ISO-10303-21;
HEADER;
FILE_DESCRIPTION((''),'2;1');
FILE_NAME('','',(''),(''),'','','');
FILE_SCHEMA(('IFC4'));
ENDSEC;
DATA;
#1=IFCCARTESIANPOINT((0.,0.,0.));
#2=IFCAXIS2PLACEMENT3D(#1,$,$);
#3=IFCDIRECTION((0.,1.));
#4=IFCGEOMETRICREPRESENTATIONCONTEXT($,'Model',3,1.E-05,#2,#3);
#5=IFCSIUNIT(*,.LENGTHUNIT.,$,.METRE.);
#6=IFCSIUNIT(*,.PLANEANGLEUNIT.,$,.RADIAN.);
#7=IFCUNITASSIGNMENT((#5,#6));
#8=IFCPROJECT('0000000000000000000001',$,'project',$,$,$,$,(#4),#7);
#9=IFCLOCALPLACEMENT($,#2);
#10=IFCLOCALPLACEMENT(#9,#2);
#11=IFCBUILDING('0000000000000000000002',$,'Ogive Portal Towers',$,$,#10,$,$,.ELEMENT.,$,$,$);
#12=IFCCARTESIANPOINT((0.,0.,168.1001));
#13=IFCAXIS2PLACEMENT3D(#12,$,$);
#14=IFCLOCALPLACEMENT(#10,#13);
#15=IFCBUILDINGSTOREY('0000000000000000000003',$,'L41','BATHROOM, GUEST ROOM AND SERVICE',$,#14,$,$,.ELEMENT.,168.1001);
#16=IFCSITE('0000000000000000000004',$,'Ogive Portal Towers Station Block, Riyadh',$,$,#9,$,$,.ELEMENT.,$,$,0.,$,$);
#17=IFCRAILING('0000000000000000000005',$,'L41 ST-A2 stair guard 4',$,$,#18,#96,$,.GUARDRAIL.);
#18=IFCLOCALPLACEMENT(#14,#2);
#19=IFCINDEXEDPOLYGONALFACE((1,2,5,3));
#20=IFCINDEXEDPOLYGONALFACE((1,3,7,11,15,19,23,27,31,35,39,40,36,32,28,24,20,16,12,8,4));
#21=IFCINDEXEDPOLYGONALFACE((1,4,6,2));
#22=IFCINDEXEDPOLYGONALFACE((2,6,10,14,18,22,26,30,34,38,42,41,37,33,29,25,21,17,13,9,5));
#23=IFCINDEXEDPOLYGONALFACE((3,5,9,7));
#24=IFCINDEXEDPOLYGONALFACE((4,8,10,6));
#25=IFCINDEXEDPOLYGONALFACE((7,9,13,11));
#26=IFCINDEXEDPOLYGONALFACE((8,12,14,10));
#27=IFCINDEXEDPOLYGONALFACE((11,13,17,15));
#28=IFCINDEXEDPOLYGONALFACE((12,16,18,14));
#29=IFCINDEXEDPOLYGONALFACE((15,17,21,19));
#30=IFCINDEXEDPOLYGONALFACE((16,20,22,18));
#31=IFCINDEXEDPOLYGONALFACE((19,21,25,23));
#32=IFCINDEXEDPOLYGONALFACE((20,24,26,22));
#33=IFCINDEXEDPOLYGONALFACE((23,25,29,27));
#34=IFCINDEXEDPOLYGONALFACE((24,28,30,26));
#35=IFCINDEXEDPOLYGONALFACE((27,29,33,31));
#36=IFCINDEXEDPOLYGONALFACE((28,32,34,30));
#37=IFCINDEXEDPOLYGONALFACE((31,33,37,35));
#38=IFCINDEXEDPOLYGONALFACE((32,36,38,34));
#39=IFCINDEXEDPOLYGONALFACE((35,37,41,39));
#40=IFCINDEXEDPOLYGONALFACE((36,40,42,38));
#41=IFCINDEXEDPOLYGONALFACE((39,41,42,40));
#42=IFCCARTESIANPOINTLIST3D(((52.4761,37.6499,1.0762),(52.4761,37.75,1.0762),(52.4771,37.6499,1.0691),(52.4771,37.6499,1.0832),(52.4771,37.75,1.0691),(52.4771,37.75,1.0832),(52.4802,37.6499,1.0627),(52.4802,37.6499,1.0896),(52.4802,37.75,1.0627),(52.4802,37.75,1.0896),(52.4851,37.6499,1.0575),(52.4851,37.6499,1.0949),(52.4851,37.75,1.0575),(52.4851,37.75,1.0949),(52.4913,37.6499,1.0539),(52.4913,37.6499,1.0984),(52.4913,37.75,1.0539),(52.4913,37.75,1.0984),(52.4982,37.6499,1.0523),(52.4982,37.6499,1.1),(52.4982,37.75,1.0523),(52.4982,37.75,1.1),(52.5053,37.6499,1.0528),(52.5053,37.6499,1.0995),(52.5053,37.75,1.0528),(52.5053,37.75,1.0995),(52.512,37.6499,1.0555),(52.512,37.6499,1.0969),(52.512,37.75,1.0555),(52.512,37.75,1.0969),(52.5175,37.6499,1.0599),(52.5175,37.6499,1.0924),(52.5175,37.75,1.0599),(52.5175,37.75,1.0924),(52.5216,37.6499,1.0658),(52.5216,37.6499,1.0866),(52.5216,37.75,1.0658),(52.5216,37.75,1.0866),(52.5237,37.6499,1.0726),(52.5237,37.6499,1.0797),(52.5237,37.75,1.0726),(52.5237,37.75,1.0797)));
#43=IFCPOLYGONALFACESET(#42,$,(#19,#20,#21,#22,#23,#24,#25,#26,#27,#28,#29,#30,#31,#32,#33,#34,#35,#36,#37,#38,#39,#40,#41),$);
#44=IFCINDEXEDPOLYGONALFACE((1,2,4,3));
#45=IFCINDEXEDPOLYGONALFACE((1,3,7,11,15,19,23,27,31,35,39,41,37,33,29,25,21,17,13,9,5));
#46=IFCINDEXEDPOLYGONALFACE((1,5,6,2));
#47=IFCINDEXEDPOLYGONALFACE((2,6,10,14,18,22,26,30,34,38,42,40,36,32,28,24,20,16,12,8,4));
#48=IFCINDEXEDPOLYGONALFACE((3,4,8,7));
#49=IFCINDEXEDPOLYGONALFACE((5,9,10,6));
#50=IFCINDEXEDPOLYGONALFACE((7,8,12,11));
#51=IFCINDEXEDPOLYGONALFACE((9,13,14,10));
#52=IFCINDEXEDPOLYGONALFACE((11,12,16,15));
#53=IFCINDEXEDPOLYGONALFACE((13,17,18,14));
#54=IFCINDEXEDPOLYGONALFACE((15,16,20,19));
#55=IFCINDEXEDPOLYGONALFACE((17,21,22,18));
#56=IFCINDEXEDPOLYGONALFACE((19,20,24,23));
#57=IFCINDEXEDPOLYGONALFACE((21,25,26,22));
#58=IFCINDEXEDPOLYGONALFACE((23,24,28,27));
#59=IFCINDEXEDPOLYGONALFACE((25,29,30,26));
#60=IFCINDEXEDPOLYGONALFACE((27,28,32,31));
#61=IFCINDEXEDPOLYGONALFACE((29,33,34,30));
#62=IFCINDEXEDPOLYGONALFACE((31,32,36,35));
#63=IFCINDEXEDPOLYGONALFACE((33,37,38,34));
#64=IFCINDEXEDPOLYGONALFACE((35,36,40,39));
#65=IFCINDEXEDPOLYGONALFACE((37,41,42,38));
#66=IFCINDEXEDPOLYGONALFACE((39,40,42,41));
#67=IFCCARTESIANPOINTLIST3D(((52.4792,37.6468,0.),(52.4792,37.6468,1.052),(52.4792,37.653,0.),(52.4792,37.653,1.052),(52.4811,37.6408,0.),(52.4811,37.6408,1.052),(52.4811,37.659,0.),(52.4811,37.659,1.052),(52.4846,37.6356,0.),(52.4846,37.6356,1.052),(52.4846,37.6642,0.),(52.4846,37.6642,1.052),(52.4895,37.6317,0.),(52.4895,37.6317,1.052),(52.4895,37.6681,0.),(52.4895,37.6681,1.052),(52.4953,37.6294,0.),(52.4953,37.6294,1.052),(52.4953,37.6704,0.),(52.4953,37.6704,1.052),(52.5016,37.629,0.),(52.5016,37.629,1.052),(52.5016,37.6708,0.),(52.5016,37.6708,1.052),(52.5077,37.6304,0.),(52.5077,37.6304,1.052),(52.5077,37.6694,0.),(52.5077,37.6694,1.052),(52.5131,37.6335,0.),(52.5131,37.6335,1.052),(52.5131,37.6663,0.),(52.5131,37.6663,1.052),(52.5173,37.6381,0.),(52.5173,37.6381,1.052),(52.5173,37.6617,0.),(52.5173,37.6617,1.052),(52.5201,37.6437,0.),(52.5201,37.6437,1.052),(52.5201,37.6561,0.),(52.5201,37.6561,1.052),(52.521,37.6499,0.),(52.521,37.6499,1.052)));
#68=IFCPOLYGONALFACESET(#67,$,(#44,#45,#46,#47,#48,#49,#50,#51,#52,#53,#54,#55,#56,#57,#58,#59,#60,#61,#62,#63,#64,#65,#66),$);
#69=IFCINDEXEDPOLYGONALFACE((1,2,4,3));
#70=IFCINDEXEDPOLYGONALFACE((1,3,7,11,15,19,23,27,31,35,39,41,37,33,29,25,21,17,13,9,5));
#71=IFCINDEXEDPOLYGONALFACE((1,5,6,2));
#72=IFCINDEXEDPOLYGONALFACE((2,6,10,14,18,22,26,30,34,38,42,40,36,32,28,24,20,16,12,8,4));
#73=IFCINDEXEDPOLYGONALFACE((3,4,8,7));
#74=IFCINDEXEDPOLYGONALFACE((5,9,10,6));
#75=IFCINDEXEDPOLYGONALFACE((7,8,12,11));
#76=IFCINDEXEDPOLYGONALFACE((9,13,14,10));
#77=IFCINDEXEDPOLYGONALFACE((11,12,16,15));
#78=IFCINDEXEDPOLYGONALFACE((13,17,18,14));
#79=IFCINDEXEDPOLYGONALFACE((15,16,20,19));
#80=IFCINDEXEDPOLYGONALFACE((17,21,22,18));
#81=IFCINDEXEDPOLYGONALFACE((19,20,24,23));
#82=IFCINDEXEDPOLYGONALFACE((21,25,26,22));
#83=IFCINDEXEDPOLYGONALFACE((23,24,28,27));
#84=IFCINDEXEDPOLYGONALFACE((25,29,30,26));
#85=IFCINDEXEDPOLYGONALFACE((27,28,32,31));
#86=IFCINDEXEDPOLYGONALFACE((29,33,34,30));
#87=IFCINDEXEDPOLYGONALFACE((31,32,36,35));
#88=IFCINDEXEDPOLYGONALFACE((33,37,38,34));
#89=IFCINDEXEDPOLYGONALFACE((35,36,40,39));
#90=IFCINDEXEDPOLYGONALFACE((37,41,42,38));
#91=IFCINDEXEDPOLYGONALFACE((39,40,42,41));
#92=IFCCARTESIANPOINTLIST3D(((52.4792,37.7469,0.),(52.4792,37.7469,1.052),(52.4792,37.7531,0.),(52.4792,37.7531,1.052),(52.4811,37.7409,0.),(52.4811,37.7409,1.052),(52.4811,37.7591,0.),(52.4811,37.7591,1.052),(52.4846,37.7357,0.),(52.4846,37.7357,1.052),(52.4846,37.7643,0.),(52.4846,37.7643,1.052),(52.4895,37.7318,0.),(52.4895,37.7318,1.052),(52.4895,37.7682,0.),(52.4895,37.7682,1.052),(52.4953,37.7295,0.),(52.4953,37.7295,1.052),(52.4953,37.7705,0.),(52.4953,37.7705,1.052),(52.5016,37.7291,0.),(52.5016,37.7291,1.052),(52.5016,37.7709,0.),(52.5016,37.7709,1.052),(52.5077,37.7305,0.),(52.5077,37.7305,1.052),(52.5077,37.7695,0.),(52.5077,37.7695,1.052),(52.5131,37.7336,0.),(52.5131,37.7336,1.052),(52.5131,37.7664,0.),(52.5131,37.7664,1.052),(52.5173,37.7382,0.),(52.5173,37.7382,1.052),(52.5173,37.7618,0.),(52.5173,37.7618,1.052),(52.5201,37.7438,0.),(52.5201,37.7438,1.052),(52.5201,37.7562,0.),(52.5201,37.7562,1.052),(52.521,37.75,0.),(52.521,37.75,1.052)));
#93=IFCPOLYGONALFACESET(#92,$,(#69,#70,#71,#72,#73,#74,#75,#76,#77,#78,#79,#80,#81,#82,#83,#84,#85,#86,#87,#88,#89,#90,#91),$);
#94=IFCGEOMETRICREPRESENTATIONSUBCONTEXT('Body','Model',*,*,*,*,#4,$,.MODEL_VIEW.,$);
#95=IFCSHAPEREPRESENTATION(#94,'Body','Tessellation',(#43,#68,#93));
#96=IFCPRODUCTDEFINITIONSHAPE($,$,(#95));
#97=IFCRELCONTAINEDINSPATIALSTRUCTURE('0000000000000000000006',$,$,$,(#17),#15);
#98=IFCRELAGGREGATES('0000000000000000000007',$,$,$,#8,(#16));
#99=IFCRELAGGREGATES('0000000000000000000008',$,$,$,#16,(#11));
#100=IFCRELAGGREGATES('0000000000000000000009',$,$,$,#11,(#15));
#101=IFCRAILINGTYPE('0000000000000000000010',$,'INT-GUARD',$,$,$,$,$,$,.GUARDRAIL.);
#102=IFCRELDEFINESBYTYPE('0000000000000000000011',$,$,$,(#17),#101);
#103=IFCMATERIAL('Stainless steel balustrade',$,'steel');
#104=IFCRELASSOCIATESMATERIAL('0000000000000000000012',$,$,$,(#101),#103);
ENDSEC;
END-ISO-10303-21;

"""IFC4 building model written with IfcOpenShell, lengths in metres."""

from ifc_helpers import new_model, si_unit, direction, frame, origin, origin_2d, place, context, subcontext, project, spatial, circle, extrude, material, type_object, element, save


model = new_model("IFC4")

# Units and contexts
model_context = context("Model", 3, precision=1e-05, world=origin(), true_north=direction((0.0, 1.0)))
body_context = subcontext(model_context, "Body", "Model", "MODEL_VIEW")
ifc_project = project(units=[si_unit("LENGTHUNIT", "METRE"), si_unit("PLANEANGLEUNIT", "RADIAN")], contexts=[model_context])

# Site, building, storey
site_placement = place(None, origin())
site = spatial("IfcSite", under=ifc_project, at=site_placement, Name="Ogive Portal Towers Station Block, Riyadh", CompositionType="ELEMENT", RefElevation=0.0)
building_placement = place(site_placement, origin())
building = spatial("IfcBuilding", under=site, at=building_placement, Name="Ogive Portal Towers", CompositionType="ELEMENT")
storey_placement = place(building_placement, frame((0.0, 0.0, 168.1001)))
storey = spatial("IfcBuildingStorey", under=building, at=storey_placement, Name="L41", Description="BATHROOM, GUEST ROOM AND SERVICE", CompositionType="ELEMENT", Elevation=168.1001)

# Railing
ifc_material_1 = material(Name="Stainless steel balustrade", Category="steel")
railing_type_1 = type_object("IfcRailingType", Name="INT-GUARD", PredefinedType="GUARDRAIL", material=ifc_material_1)
railing_1_placement = place(storey_placement, frame((52.5, 37.6499, 0.0)))
element("IfcRailing", 1, at=railing_1_placement, inside=storey, type_object=railing_type_1, Name="L41 ST-A2 stair guard 4", PredefinedType="GUARDRAIL", context=body_context, shape_type="SweptSolid", body=[
    extrude(circle(Radius=0.0239, at=origin_2d()), frame((0.0, 0.0, 1.0762), z_axis=(0.0, 1.0, 0.0), x_axis=(-1.0, 0.0, 0.0)), (0.0, 0.0, 1.0), 0.1001),
    extrude(circle(Radius=0.021, at=origin_2d()), origin(), (0.0, 0.0, 1.0), 1.052),
    extrude(circle(Radius=0.021, at=origin_2d()), frame((0.0, 0.1001, 0.0)), (0.0, 0.0, 1.0), 1.052),
])

save(model, "model.ifc")
